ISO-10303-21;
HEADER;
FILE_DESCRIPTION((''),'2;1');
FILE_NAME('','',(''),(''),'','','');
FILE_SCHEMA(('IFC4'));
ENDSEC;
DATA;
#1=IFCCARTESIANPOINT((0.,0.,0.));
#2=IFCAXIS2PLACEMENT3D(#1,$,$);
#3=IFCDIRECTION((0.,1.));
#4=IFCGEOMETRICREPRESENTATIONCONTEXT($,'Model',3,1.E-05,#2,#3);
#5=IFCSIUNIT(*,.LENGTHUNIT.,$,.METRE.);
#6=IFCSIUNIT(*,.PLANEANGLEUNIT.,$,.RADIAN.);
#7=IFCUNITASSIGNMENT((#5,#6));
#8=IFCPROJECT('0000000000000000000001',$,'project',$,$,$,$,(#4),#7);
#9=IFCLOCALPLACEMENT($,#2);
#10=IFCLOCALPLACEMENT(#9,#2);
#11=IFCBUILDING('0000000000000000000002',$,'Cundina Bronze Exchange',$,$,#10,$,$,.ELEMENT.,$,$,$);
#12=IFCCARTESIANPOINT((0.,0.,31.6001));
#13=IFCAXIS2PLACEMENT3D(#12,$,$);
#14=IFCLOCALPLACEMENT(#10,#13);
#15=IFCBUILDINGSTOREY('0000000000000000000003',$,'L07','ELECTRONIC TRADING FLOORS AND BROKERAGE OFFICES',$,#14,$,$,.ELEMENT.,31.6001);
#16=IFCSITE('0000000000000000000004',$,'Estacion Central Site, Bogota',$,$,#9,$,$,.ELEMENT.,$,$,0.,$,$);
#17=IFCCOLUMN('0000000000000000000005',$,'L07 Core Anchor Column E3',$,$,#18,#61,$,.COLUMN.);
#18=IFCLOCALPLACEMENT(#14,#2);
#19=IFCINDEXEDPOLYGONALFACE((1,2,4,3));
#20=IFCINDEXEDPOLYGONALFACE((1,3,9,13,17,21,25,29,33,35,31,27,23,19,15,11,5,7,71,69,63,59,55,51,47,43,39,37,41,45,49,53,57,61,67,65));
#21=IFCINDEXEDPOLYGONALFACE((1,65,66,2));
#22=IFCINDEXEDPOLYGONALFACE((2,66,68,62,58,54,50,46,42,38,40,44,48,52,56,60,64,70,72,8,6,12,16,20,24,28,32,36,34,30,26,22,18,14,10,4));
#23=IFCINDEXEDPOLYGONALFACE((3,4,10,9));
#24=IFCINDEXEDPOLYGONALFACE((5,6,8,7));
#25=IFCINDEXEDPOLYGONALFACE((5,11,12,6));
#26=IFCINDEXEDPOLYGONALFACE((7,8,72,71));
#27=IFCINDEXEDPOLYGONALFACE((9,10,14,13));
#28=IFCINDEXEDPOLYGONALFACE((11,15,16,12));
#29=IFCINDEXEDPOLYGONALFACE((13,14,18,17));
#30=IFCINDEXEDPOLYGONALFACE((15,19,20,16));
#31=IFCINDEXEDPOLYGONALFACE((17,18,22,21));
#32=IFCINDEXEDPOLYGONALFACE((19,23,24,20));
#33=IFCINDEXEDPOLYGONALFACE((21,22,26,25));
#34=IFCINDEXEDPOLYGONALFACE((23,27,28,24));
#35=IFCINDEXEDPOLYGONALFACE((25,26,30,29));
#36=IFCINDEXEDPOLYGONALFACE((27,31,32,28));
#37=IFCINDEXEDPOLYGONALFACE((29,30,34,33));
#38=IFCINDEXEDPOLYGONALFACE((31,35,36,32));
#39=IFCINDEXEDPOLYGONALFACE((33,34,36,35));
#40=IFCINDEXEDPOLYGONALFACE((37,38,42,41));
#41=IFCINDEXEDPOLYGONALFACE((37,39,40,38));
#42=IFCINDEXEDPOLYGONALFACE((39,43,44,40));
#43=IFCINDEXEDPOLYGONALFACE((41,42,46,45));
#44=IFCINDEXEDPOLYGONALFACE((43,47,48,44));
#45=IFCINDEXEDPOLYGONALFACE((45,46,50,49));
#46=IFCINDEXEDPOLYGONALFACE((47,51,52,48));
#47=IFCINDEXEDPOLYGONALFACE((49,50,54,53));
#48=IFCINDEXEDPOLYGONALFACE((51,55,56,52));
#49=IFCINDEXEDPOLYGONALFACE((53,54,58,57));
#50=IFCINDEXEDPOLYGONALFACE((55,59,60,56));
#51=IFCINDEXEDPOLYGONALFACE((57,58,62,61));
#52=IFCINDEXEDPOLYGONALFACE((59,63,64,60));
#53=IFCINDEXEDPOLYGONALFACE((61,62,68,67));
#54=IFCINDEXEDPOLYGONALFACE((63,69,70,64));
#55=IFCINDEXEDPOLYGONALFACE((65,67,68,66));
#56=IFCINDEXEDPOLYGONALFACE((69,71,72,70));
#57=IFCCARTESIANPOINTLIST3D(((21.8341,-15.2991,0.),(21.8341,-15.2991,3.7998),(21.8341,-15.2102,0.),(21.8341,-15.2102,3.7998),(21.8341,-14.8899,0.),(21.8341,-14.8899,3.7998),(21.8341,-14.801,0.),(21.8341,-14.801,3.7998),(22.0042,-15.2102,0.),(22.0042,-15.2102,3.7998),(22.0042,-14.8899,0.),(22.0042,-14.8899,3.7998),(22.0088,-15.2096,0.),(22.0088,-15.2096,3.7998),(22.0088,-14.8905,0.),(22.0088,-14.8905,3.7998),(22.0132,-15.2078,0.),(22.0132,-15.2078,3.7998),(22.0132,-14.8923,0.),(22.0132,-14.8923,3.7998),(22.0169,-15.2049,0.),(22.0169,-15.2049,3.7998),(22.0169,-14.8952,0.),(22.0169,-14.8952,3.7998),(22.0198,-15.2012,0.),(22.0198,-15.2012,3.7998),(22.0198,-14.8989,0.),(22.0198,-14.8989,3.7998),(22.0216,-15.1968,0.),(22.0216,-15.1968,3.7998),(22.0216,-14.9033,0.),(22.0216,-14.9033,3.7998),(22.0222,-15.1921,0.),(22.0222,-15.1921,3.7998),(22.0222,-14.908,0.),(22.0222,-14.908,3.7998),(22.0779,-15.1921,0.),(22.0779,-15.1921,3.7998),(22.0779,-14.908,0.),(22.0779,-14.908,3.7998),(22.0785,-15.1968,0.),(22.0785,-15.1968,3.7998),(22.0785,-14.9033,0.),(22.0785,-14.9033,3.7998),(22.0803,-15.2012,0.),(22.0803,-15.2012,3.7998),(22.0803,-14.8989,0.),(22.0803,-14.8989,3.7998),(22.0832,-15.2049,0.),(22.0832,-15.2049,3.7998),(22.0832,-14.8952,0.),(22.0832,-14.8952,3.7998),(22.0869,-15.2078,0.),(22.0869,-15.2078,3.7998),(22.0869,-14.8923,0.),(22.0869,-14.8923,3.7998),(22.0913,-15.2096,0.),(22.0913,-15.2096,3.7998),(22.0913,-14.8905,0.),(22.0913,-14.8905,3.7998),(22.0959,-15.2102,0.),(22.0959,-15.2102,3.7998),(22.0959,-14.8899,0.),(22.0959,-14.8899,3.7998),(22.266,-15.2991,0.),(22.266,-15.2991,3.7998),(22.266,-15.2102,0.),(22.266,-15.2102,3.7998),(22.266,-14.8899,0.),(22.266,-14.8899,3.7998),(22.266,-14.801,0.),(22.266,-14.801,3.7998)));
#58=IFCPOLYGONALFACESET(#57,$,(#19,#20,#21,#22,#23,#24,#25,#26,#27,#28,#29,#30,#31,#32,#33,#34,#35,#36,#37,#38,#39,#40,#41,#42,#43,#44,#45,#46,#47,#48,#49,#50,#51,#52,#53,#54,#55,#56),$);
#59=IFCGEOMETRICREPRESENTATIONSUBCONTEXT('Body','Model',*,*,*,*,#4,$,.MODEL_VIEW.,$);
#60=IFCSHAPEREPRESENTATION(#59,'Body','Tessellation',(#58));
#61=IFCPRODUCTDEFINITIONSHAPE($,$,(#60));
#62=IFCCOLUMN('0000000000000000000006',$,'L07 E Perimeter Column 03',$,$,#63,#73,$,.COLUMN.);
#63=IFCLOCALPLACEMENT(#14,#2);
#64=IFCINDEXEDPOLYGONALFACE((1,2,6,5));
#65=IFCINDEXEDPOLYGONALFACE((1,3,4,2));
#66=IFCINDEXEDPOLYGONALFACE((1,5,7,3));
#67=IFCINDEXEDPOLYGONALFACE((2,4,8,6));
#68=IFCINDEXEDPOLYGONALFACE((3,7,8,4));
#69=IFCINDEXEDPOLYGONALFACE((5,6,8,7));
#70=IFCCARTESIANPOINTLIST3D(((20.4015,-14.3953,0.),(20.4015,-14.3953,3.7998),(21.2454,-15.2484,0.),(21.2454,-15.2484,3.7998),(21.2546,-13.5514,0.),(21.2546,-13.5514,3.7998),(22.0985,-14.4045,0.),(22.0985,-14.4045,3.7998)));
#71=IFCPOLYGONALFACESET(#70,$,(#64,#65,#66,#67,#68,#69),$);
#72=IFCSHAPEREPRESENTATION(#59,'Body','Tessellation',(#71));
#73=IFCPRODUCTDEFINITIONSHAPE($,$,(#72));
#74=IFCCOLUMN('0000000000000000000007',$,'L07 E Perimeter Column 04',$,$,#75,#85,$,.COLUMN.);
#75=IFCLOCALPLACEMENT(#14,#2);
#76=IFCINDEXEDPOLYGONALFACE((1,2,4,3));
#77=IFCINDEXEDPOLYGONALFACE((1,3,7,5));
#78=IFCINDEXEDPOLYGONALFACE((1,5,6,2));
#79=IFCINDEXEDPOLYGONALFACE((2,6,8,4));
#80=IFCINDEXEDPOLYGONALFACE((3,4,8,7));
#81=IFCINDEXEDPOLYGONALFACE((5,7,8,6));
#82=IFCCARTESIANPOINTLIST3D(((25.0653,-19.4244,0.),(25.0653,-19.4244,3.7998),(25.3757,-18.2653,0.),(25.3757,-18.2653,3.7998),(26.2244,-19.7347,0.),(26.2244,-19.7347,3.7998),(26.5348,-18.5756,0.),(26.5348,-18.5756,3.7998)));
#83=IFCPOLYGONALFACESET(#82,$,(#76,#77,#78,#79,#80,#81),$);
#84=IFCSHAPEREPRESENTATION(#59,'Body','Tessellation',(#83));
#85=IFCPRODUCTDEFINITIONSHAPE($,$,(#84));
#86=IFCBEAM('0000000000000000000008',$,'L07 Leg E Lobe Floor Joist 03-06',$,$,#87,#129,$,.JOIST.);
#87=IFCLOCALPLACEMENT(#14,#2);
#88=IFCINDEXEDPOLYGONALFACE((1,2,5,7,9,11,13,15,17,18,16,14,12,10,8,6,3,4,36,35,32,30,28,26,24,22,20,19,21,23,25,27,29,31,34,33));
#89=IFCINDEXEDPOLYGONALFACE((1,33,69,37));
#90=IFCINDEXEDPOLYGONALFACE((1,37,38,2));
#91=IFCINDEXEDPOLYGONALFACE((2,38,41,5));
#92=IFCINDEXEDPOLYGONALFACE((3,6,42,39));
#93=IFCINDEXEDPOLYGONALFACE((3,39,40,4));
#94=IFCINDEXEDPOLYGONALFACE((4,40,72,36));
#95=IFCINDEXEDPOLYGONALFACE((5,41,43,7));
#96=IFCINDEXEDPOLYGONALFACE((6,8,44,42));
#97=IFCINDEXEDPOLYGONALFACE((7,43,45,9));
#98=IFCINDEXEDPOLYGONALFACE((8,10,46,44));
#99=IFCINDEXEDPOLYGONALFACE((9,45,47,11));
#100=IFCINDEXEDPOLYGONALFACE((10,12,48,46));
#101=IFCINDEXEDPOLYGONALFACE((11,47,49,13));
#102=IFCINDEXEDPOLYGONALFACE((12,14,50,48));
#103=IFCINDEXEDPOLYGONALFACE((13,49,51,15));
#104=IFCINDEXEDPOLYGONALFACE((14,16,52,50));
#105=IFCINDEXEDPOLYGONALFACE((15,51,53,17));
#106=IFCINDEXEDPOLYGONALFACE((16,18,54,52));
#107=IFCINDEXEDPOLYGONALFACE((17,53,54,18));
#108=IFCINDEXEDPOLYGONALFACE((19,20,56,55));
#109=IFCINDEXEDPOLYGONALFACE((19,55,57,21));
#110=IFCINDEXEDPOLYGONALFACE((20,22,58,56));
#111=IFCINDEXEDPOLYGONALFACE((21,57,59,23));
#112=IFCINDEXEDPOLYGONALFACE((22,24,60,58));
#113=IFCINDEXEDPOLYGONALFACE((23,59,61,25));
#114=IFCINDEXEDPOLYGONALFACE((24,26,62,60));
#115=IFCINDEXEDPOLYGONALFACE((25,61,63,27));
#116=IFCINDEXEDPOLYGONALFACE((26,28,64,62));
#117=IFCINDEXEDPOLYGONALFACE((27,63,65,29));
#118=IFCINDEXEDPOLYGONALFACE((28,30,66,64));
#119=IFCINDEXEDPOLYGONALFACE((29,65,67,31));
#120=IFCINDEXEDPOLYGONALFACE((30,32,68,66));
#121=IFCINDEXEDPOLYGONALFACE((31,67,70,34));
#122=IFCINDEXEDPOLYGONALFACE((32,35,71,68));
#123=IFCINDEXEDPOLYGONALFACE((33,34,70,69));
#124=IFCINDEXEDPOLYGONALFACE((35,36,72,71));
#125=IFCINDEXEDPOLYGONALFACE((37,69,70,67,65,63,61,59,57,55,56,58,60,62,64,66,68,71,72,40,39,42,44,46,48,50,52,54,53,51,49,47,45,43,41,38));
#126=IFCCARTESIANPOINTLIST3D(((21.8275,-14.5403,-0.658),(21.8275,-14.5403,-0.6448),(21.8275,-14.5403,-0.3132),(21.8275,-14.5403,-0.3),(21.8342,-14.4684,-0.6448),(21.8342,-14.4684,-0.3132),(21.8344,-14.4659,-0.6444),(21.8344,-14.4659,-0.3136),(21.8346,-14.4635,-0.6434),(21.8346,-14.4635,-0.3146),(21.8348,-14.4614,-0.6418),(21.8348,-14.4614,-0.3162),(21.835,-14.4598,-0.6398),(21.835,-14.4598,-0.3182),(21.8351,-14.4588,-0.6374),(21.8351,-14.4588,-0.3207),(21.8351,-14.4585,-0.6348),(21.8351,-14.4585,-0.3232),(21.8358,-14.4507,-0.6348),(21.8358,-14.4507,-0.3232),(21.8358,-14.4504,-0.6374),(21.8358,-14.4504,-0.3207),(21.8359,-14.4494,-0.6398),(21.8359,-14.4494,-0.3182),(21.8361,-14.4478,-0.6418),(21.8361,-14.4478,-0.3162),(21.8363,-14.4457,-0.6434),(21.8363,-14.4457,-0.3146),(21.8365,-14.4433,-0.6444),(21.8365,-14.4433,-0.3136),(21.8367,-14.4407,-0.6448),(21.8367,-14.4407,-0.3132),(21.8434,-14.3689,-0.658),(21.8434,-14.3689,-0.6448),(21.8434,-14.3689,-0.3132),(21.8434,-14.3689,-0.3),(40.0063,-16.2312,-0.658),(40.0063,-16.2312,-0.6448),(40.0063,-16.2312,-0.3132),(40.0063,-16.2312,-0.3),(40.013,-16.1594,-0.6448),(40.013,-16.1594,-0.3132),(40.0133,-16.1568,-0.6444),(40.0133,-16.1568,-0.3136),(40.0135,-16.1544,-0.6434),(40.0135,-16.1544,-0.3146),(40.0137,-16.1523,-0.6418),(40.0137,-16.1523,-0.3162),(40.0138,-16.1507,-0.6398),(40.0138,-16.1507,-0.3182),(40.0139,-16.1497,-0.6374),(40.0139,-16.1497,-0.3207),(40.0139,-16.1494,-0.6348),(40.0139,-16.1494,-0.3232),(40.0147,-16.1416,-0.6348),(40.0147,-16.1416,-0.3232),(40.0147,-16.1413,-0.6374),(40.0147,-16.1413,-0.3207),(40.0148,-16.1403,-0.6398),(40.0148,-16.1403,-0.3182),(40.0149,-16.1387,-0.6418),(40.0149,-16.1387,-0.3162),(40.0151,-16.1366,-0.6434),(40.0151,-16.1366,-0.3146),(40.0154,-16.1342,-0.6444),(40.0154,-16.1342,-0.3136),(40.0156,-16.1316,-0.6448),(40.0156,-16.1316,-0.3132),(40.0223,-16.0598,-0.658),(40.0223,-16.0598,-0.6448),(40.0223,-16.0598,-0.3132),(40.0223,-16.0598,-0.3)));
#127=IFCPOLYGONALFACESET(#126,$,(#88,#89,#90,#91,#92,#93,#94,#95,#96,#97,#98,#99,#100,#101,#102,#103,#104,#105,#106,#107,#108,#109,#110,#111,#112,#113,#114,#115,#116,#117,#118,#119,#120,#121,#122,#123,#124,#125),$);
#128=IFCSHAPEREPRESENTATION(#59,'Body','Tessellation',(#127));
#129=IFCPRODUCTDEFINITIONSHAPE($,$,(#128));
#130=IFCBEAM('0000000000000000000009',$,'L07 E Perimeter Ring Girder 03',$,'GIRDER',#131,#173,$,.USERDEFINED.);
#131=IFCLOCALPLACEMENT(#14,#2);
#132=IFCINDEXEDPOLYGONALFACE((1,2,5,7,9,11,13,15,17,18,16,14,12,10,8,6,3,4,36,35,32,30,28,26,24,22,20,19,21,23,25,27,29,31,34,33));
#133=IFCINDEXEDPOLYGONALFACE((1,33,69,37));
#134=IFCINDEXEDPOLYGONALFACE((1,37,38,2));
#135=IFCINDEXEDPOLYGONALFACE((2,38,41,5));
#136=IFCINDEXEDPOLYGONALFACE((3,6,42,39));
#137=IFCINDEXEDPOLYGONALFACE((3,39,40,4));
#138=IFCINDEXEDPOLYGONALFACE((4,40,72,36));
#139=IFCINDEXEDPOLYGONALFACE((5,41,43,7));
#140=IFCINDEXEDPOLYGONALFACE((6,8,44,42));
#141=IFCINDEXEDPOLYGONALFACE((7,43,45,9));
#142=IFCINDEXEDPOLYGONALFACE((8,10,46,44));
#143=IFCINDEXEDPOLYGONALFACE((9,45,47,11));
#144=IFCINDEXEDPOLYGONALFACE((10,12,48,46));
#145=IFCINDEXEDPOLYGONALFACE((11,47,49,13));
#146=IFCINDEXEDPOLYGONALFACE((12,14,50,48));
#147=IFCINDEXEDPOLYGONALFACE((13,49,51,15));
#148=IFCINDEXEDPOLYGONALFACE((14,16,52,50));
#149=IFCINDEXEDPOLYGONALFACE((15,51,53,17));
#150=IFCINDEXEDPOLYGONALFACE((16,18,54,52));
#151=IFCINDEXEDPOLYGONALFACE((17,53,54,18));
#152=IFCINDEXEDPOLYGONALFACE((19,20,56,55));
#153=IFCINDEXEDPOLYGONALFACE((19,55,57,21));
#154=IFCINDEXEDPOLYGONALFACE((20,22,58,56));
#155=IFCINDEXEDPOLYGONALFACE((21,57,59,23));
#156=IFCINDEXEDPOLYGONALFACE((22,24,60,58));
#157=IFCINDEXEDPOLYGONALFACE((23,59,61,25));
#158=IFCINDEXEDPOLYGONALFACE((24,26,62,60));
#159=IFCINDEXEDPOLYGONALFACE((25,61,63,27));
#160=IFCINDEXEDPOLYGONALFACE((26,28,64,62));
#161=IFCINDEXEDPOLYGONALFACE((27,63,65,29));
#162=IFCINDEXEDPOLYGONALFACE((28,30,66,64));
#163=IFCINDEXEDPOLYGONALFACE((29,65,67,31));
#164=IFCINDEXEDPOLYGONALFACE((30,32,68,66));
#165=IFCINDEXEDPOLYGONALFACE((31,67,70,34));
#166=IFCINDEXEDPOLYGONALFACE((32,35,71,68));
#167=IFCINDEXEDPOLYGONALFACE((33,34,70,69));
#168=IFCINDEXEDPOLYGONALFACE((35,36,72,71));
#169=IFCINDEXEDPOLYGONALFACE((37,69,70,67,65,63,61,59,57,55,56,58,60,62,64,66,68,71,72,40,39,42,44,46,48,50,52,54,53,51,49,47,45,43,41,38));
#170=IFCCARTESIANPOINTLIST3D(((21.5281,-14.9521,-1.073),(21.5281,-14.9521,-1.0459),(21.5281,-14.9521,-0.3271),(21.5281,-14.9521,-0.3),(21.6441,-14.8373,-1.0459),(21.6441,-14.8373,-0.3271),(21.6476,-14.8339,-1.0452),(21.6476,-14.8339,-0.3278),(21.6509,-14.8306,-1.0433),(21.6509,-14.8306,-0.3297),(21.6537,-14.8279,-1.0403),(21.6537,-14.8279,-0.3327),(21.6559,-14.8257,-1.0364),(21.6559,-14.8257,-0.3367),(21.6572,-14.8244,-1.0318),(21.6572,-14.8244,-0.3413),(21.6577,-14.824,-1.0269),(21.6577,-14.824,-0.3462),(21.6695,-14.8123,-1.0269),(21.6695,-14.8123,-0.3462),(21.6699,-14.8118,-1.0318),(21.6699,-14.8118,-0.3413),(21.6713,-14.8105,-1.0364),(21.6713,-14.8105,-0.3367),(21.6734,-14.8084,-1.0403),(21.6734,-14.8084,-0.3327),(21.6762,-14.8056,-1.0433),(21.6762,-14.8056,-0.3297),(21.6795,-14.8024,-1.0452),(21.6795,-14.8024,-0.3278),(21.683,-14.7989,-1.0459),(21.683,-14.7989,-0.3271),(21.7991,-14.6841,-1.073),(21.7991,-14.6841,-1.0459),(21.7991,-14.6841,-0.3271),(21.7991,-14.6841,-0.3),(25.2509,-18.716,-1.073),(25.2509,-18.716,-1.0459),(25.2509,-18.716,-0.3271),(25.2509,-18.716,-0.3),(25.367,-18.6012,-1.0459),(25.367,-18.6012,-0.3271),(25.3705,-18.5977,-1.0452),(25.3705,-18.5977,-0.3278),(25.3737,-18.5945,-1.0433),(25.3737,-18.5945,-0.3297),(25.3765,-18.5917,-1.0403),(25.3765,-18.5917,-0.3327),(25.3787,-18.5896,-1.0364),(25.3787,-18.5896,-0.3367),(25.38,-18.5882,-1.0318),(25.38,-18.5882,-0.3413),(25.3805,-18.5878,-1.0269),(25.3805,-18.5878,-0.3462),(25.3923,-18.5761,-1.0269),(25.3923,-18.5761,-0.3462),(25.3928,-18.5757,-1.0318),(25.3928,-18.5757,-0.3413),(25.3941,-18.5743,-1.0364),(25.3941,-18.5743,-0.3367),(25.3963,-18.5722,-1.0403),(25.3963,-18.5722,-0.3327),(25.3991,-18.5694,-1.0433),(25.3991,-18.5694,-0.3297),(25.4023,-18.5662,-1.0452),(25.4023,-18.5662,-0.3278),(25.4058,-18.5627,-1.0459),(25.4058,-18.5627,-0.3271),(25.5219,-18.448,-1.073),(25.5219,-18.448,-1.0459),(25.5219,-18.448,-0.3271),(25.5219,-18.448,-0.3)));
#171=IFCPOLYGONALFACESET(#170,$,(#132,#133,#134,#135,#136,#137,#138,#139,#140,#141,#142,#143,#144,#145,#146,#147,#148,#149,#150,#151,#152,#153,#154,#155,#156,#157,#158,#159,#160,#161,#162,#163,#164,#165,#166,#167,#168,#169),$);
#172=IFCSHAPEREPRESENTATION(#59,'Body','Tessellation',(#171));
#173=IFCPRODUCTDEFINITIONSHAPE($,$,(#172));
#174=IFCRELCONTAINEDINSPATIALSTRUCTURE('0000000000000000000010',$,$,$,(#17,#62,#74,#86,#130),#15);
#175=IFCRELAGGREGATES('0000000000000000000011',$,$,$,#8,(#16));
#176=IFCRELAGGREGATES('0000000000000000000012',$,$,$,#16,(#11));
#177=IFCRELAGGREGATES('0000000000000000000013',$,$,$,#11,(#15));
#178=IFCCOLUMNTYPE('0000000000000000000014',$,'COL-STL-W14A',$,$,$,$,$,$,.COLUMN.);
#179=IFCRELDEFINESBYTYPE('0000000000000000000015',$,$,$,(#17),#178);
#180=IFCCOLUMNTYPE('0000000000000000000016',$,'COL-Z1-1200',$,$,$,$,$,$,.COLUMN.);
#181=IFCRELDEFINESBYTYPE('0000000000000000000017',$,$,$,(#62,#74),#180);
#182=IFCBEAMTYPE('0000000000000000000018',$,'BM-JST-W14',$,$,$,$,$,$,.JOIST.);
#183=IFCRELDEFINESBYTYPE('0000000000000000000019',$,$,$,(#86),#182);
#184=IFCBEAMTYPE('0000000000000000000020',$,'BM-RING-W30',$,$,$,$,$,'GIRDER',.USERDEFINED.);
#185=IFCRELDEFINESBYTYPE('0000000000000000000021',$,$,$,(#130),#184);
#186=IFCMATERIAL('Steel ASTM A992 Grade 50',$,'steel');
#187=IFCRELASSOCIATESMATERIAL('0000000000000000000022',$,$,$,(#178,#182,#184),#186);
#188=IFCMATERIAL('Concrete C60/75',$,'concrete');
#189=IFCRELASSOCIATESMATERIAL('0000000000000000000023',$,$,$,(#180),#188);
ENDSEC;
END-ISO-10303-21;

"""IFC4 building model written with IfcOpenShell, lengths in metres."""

from ifc_helpers import new_model, si_unit, direction, frame, origin, origin_2d, place, context, subcontext, project, spatial, rectangle, i_section, extrude, material, material_profile, profile_set, type_object, element, save


model = new_model("IFC4")

# Units and contexts
model_context = context("Model", 3, precision=1e-05, world=origin(), true_north=direction((0.0, 1.0)))
body_context = subcontext(model_context, "Body", "Model", "MODEL_VIEW")
ifc_project = project(units=[si_unit("LENGTHUNIT", "METRE"), si_unit("PLANEANGLEUNIT", "RADIAN")], contexts=[model_context])

# Site, building, storey
site_placement = place(None, origin())
site = spatial("IfcSite", under=ifc_project, at=site_placement, Name="Estacion Central Site, Bogota", CompositionType="ELEMENT", RefElevation=0.0)
building_placement = place(site_placement, origin())
building = spatial("IfcBuilding", under=site, at=building_placement, Name="Cundina Bronze Exchange", CompositionType="ELEMENT")
storey_placement = place(building_placement, frame((0.0, 0.0, 31.6001)))
storey = spatial("IfcBuildingStorey", under=building, at=storey_placement, Name="L07", Description="ELECTRONIC TRADING FLOORS AND BROKERAGE OFFICES", CompositionType="ELEMENT", Elevation=31.6001)

# Columns
ifc_material_1 = material(Name="Steel ASTM A992 Grade 50", Category="steel")
ifc_material_profile_1 = material_profile(ifc_material_1, i_section(OverallWidth=0.4319, OverallDepth=0.498, WebThickness=0.0557, FlangeThickness=0.0889, FilletRadius=0.0181, at=origin_2d()), Name="W14X500", Category="steel")
ifc_profile_set_1 = profile_set([ifc_material_profile_1], Name="Steel ASTM A992 Grade 50")
column_type_1 = type_object("IfcColumnType", Name="COL-STL-W14A", PredefinedType="COLUMN", material=ifc_profile_set_1)
column_placement = place(storey_placement, frame((22.05, -15.05, 0.0), z_axis=(0.0, 0.0, 1.0), x_axis=(1.0, 0.0, 0.0)))
element("IfcColumn", 1, at=column_placement, inside=storey, type_object=column_type_1, Name="L07 Core Anchor Column E3", PredefinedType="COLUMN", context=body_context, shape_type="SweptSolid", body=[
    extrude(i_section(OverallWidth=0.4319, OverallDepth=0.498, WebThickness=0.0557, FlangeThickness=0.0889, FilletRadius=0.0181, at=origin_2d()), origin(), (0.0, 0.0, 1.0), 3.7998),
])
ifc_material_2 = material(Name="Concrete C60/75", Category="concrete")
ifc_material_profile_2 = material_profile(ifc_material_2, rectangle(XDim=1.2, YDim=1.2, at=origin_2d()), Name="RC1200X1200", Category="concrete")
ifc_profile_set_2 = profile_set([ifc_material_profile_2], Name="Concrete C60/75")
column_type_2 = type_object("IfcColumnType", Name="COL-Z1-1200", PredefinedType="COLUMN", material=ifc_profile_set_2)
for number, where, z_axis, x_axis, name in (
    (2, (21.25, -14.3999, 0.0), (0.0, 0.0, 1.0), (0.703271, -0.710922, 0.0), "L07 E Perimeter Column 03"),
    (3, (25.8, -19.0, 0.0), (0.0, 0.0, 1.0), (0.965971, -0.25865, 0.0), "L07 E Perimeter Column 04"),
):
    element("IfcColumn", number, at=place(storey_placement, frame(where, z_axis=z_axis, x_axis=x_axis)), inside=storey, type_object=column_type_2, Name=name, PredefinedType="COLUMN", context=body_context, shape_type="SweptSolid", body=[
        extrude(rectangle(XDim=1.2, YDim=1.2, at=origin_2d()), origin(), (0.0, 0.0, 1.0), 3.7998),
    ])

# Beams
ifc_material_profile_3 = material_profile(ifc_material_1, i_section(OverallWidth=0.1721, OverallDepth=0.3579, WebThickness=0.0078, FlangeThickness=0.0132, FilletRadius=0.01, at=origin_2d()), Name="W14X38", Category="steel")
ifc_profile_set_3 = profile_set([ifc_material_profile_3], Name="Steel ASTM A992 Grade 50")
beam_type_1 = type_object("IfcBeamType", Name="BM-JST-W14", PredefinedType="JOIST", material=ifc_profile_set_3)
beam_1_placement = place(storey_placement, frame((21.8354, -14.4546, -0.479), z_axis=(0.995702, -0.092615, 0.0), x_axis=(0.092615, 0.995702, 0.0)))
element("IfcBeam", 4, at=beam_1_placement, inside=storey, type_object=beam_type_1, Name="L07 Leg E Lobe Floor Joist 03-06", PredefinedType="JOIST", context=body_context, shape_type="SweptSolid", body=[
    extrude(i_section(OverallWidth=0.1721, OverallDepth=0.3579, WebThickness=0.0078, FlangeThickness=0.0132, FilletRadius=0.01, at=origin_2d()), origin(), (0.0, 0.0, 1.0), 18.2573),
])
ifc_material_profile_4 = material_profile(ifc_material_1, i_section(OverallWidth=0.3811, OverallDepth=0.7729, WebThickness=0.0166, FlangeThickness=0.0271, FilletRadius=0.019, at=origin_2d()), Name="W30X173", Category="steel")
ifc_profile_set_4 = profile_set([ifc_material_profile_4], Name="Steel ASTM A992 Grade 50")
beam_type_2 = type_object("IfcBeamType", Name="BM-RING-W30", ElementType="GIRDER", PredefinedType="USERDEFINED", material=ifc_profile_set_4)
beam_2_placement = place(storey_placement, frame((21.6636, -14.8181, -0.6865), z_axis=(0.703222, -0.71097, 0.0), x_axis=(0.71097, 0.703222, 0.0)))
element("IfcBeam", 5, at=beam_2_placement, inside=storey, type_object=beam_type_2, Name="L07 E Perimeter Ring Girder 03", ObjectType="GIRDER", PredefinedType="USERDEFINED", context=body_context, shape_type="SweptSolid", body=[
    extrude(i_section(OverallWidth=0.3811, OverallDepth=0.7729, WebThickness=0.0166, FlangeThickness=0.0271, FilletRadius=0.019, at=origin_2d()), origin(), (0.0, 0.0, 1.0), 5.2939),
])

save(model, "model.ifc")
